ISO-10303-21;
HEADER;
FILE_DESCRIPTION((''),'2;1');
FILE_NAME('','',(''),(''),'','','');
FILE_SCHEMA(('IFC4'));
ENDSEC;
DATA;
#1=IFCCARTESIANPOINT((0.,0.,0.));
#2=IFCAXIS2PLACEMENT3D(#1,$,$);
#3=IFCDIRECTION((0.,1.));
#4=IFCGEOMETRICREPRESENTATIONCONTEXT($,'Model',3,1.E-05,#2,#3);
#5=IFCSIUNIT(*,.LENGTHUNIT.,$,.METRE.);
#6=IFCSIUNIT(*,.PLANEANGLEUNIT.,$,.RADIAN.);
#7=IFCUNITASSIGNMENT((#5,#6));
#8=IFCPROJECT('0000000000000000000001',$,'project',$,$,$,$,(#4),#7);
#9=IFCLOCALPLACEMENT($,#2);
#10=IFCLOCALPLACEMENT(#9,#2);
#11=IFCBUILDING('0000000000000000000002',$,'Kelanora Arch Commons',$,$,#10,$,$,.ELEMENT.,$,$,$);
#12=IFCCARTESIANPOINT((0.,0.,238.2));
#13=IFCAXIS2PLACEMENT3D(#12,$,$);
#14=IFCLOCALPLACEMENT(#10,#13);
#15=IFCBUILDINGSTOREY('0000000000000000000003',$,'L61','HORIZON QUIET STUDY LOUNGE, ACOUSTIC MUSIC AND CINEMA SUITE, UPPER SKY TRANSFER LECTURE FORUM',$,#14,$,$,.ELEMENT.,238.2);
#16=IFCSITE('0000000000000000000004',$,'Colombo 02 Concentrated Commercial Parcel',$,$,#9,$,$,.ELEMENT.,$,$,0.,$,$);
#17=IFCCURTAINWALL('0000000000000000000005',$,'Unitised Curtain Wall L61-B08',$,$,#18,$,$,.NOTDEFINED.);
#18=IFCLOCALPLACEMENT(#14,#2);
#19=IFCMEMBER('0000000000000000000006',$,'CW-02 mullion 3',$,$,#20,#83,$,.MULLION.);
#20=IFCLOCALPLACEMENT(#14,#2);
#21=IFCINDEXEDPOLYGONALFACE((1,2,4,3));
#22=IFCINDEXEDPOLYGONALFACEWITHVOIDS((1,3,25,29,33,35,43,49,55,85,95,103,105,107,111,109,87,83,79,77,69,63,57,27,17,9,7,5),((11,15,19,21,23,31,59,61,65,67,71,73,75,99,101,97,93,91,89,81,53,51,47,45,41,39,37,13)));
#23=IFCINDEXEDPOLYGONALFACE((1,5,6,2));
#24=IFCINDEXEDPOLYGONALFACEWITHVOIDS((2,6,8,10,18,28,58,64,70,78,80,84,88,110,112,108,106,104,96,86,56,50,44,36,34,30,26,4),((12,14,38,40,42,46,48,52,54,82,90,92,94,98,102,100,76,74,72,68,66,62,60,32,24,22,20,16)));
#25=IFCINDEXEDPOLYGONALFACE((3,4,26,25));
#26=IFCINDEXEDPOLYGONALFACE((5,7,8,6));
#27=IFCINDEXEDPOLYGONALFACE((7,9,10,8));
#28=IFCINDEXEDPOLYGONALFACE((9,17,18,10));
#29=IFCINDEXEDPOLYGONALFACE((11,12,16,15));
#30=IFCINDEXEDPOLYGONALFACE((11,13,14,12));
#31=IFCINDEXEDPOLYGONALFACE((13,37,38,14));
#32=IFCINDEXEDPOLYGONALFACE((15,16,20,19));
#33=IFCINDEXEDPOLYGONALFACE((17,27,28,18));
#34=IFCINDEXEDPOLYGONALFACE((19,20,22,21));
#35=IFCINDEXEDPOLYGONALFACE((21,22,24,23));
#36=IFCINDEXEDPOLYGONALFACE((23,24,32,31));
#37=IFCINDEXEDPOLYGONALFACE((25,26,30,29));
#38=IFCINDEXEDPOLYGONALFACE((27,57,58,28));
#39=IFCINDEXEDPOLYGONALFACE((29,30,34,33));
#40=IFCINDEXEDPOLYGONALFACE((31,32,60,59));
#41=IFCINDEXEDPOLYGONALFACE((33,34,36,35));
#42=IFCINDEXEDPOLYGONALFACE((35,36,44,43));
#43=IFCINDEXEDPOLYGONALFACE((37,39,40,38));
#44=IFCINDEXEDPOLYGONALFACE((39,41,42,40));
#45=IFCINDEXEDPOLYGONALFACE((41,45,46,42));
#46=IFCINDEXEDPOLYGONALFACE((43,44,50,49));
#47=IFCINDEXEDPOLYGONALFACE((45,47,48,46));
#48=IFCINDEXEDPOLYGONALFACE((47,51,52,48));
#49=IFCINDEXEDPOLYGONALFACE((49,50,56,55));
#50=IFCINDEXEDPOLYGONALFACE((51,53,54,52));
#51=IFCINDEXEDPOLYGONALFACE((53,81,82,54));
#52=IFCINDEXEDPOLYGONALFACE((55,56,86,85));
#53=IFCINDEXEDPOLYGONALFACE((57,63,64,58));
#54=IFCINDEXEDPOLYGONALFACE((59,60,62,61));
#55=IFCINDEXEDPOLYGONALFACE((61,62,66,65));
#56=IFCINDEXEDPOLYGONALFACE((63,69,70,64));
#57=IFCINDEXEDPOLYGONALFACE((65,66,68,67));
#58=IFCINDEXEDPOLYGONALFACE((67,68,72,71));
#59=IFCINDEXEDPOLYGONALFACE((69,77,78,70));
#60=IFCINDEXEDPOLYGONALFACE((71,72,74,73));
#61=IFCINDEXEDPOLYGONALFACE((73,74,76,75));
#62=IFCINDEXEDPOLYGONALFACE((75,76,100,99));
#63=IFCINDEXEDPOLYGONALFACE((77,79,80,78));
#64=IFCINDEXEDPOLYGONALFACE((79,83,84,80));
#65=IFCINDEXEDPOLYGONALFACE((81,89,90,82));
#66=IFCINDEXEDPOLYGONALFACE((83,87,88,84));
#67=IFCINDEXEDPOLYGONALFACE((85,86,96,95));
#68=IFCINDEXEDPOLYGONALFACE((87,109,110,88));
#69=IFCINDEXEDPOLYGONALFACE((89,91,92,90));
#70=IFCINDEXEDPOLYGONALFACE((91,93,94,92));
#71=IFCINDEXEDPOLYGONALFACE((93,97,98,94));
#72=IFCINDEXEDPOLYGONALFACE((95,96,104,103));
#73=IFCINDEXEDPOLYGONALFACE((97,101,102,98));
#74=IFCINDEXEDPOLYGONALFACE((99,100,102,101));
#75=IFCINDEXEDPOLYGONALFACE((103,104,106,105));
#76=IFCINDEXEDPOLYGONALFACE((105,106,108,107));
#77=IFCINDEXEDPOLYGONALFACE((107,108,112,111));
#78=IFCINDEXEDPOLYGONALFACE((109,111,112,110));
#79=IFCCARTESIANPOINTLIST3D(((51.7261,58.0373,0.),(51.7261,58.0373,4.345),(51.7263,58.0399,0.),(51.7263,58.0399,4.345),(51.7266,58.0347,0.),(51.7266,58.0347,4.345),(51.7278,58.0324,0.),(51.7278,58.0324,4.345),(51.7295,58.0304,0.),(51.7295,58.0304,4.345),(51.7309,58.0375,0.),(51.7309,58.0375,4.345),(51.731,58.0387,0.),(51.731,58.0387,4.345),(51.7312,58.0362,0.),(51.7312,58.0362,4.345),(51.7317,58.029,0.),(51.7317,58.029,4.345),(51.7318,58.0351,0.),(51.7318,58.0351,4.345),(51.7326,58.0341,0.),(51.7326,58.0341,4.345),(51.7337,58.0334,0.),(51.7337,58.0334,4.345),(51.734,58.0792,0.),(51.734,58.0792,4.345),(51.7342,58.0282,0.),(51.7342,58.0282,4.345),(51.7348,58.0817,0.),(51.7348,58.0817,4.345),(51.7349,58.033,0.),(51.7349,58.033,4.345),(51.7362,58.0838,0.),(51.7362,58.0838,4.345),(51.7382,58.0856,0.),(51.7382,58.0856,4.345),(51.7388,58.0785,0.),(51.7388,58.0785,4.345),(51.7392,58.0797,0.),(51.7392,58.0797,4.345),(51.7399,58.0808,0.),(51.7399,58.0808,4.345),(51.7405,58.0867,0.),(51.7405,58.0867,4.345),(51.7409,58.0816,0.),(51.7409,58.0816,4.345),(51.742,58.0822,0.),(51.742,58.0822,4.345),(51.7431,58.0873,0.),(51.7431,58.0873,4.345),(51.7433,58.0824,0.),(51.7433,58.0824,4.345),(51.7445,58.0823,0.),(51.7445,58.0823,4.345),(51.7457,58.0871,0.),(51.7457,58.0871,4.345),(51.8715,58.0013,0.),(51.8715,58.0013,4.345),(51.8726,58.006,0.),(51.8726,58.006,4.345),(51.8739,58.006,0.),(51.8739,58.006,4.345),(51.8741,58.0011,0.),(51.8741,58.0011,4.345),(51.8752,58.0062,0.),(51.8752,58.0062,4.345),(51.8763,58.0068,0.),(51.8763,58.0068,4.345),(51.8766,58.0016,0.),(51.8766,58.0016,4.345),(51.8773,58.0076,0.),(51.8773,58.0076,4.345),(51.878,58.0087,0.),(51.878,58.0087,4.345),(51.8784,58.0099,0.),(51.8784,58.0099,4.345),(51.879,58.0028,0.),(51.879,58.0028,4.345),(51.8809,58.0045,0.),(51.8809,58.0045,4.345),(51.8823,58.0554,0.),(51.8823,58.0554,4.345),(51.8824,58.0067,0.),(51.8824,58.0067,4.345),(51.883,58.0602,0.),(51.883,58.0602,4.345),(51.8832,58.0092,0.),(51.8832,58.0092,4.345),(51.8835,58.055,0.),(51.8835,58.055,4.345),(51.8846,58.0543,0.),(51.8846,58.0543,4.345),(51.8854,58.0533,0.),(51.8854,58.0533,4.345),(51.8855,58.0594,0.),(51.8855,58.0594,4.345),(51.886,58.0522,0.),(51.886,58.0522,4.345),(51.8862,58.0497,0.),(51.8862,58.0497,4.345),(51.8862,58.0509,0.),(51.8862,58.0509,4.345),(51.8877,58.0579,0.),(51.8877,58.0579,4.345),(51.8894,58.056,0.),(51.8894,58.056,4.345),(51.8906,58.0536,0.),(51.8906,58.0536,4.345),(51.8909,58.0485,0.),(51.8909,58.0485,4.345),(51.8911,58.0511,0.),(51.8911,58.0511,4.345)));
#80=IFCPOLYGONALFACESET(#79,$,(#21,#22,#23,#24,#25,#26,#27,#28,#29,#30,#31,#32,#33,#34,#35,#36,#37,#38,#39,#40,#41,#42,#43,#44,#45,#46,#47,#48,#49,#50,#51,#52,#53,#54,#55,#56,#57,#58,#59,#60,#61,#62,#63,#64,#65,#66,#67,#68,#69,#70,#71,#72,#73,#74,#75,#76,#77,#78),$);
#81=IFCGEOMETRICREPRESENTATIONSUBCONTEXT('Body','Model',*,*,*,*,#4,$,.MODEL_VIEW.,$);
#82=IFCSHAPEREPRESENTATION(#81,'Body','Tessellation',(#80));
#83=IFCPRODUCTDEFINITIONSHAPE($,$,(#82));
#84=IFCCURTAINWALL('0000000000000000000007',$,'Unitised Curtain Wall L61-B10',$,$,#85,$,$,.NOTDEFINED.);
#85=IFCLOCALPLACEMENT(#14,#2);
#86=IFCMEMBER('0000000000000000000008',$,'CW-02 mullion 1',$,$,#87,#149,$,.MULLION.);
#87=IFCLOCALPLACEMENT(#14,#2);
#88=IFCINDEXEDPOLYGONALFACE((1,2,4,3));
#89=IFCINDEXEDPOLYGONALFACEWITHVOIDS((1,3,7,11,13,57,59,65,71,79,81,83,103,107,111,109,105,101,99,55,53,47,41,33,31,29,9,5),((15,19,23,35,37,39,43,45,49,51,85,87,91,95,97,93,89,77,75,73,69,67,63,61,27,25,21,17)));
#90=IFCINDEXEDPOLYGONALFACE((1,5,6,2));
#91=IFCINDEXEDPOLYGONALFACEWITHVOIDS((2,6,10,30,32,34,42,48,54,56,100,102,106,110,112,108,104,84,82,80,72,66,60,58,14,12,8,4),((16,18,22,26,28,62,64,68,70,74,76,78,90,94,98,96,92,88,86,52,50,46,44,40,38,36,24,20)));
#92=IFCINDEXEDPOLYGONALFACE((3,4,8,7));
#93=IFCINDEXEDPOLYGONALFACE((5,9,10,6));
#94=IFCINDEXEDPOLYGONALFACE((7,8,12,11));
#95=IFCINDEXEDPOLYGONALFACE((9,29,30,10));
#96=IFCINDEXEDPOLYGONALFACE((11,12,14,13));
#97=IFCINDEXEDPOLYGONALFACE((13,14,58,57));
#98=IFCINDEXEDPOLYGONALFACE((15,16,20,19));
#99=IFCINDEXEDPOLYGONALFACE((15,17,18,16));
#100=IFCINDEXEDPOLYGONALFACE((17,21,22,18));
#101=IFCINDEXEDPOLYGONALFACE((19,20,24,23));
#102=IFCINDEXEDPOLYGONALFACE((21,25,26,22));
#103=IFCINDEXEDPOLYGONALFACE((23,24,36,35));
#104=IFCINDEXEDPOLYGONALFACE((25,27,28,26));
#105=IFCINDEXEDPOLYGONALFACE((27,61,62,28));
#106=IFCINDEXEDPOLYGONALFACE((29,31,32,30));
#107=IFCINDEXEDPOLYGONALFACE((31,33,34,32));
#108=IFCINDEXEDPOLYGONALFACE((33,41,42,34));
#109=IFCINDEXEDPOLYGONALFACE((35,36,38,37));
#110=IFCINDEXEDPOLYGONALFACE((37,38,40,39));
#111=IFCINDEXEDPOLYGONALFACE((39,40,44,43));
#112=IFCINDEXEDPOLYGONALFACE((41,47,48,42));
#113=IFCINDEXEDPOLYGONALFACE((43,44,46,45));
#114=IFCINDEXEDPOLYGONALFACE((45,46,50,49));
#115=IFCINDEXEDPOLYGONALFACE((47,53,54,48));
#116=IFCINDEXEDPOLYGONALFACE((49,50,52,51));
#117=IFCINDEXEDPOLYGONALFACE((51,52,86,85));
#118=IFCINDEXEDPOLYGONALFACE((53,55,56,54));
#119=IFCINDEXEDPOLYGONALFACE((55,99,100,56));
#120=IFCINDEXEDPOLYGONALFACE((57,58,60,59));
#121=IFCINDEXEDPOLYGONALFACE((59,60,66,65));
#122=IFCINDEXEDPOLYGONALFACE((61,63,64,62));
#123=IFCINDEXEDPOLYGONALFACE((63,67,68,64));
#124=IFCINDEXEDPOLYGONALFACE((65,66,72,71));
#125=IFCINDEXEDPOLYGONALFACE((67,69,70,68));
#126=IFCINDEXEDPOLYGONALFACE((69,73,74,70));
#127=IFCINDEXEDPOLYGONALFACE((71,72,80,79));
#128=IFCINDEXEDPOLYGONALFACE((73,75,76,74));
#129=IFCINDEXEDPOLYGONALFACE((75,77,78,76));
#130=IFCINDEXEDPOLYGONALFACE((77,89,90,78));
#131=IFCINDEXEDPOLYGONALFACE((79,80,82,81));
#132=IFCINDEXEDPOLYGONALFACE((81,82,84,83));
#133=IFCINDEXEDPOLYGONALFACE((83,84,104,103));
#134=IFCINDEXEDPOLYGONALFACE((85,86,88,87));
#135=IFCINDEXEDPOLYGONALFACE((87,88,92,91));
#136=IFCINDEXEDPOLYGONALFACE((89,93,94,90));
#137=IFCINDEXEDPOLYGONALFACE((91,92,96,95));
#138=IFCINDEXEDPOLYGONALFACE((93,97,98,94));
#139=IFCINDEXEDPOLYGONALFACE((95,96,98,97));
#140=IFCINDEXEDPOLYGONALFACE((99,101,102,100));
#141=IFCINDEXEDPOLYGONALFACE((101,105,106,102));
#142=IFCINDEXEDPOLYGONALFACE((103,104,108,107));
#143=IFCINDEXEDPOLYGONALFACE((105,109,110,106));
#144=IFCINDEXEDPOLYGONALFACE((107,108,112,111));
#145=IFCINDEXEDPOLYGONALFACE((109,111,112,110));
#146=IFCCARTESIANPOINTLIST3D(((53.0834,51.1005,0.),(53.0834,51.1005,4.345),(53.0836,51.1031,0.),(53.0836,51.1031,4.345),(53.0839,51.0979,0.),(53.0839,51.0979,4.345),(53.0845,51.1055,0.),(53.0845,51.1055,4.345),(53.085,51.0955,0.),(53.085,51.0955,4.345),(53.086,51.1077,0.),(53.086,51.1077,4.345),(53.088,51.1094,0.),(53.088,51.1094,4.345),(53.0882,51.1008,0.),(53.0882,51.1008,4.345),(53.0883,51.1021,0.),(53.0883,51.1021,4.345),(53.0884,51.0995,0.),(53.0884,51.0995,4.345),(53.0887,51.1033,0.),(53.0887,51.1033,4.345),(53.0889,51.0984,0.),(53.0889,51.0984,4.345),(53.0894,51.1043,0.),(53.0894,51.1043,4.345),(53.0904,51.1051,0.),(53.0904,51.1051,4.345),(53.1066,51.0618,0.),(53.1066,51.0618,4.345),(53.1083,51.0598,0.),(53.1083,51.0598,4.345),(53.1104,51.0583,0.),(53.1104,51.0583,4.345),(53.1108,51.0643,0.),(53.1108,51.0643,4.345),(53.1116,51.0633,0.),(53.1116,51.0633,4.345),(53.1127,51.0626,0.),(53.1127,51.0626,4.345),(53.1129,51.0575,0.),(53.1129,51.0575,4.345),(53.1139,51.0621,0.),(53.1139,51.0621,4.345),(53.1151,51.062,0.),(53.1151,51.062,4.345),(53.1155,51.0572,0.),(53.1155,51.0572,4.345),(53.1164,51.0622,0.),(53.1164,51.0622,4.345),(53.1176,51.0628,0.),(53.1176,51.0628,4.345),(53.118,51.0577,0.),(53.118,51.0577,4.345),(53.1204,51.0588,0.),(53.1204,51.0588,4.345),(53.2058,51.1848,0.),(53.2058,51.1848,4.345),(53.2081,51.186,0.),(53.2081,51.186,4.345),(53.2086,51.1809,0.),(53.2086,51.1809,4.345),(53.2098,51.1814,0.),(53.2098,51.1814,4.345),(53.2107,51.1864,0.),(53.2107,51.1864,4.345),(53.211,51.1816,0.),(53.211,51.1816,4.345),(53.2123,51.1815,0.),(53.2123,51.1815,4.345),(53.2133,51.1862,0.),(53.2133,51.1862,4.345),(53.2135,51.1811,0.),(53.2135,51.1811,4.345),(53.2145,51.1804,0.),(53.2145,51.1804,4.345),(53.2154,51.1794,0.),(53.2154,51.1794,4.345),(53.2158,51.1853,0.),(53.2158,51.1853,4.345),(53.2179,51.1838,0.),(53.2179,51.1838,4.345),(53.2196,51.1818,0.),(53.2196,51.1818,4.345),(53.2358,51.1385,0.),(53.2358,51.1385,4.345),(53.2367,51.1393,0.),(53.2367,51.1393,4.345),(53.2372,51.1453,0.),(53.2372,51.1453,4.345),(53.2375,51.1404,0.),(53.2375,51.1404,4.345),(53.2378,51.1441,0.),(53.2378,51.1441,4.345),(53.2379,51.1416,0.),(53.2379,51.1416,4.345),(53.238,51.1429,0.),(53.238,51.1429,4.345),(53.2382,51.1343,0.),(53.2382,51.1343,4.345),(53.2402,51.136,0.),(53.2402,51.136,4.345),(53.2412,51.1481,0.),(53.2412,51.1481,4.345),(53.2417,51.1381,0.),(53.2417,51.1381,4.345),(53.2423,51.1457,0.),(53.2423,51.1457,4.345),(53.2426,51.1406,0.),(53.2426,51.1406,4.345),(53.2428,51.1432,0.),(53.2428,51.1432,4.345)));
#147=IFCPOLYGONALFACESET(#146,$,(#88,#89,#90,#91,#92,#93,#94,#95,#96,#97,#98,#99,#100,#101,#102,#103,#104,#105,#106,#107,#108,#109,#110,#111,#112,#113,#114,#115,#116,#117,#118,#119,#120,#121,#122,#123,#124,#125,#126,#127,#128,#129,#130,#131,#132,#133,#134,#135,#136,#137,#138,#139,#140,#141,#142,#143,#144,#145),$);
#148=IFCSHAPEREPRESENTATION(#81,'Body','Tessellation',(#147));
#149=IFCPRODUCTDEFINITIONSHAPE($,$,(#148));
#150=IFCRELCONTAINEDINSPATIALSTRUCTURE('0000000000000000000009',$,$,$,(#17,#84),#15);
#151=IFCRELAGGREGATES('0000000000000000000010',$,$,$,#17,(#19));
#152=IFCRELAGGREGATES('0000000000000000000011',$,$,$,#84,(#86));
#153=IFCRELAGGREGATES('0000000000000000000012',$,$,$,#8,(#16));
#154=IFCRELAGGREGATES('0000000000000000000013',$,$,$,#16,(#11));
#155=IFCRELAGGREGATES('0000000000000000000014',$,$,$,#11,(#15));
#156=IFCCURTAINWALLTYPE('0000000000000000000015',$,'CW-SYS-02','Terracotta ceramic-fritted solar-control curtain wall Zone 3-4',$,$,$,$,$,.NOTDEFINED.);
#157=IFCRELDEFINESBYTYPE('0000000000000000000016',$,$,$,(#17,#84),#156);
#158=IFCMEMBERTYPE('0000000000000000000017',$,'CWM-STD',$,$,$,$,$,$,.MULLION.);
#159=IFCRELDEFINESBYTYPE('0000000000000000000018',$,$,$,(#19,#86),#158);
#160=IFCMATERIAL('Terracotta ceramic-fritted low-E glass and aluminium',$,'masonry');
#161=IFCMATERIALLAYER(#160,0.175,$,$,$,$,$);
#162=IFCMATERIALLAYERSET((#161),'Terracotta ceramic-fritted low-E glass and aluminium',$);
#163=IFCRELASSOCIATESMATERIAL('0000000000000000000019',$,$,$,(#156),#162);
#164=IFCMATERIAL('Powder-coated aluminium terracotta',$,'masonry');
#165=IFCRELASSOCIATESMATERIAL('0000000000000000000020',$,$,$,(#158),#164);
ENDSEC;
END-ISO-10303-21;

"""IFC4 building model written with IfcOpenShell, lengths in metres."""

from ifc_helpers import new_model, si_unit, direction, frame, origin, origin_2d, place, context, subcontext, project, spatial, hollow_rectangle, extrude, material, layer, layer_set, material_profile, profile_set, type_object, element, aggregate, save


model = new_model("IFC4")

# Units and contexts
model_context = context("Model", 3, precision=1e-05, world=origin(), true_north=direction((0.0, 1.0)))
body_context = subcontext(model_context, "Body", "Model", "MODEL_VIEW")
ifc_project = project(units=[si_unit("LENGTHUNIT", "METRE"), si_unit("PLANEANGLEUNIT", "RADIAN")], contexts=[model_context])

# Site, building, storey
site_placement = place(None, origin())
site = spatial("IfcSite", under=ifc_project, at=site_placement, Name="Colombo 02 Concentrated Commercial Parcel", CompositionType="ELEMENT", RefElevation=0.0)
building_placement = place(site_placement, origin())
building = spatial("IfcBuilding", under=site, at=building_placement, Name="Kelanora Arch Commons", CompositionType="ELEMENT")
storey_placement = place(building_placement, frame((0.0, 0.0, 238.2)))
storey = spatial("IfcBuildingStorey", under=building, at=storey_placement, Name="L61", Description="HORIZON QUIET STUDY LOUNGE, ACOUSTIC MUSIC AND CINEMA SUITE, UPPER SKY TRANSFER LECTURE FORUM", CompositionType="ELEMENT", Elevation=238.2)

# Curtain wall, member
ifc_material_1 = material(Name="Terracotta ceramic-fritted low-E glass and aluminium", Category="masonry")
ifc_layer_1 = layer(ifc_material_1, 0.175)
ifc_layer_set_1 = layer_set([ifc_layer_1], Name="Terracotta ceramic-fritted low-E glass and aluminium")
curtain_wall_type = type_object("IfcCurtainWallType", Name="CW-SYS-02", Description="Terracotta ceramic-fritted solar-control curtain wall Zone 3-4", PredefinedType="NOTDEFINED", material=ifc_layer_set_1)
curtain_wall_1_placement = place(storey_placement, origin())
curtain_wall_1 = element("IfcCurtainWall", 1, at=curtain_wall_1_placement, inside=storey, type_object=curtain_wall_type, Name="Unitised Curtain Wall L61-B08", PredefinedType="NOTDEFINED")
ifc_material_2 = material(Name="Powder-coated aluminium terracotta", Category="masonry")
ifc_material_profile_1 = material_profile(ifc_material_2, hollow_rectangle(XDim=0.1599, YDim=0.0601, WallThickness=0.0049, InnerFilletRadius=0.0049, OuterFilletRadius=0.01, at=origin_2d()), Name="CWM160x60")
ifc_profile_set_1 = profile_set([ifc_material_profile_1], Name="Powder-coated aluminium terracotta")
member_type_1 = type_object("IfcMemberType", Name="CWM-STD", PredefinedType="MULLION", material=ifc_profile_set_1)
member_1_placement = place(storey_placement, frame((51.8086, 58.0442, 0.0), z_axis=(0.0, 0.0, 1.0), x_axis=(0.981381, -0.192069, 0.0)))
member_1 = element("IfcMember", 2, at=member_1_placement, type_object=member_type_1, Name="CW-02 mullion 3", PredefinedType="MULLION", context=body_context, shape_type="SweptSolid", body=[
    extrude(hollow_rectangle(XDim=0.1599, YDim=0.0601, WallThickness=0.0049, InnerFilletRadius=0.0049, OuterFilletRadius=0.01, at=origin_2d()), origin(), (0.0, 0.0, 1.0), 4.345),
])
aggregate(curtain_wall_1, [member_1])

# Curtain wall, member
curtain_wall_2_placement = place(storey_placement, origin())
curtain_wall_2 = element("IfcCurtainWall", 3, at=curtain_wall_2_placement, inside=storey, type_object=curtain_wall_type, Name="Unitised Curtain Wall L61-B10", PredefinedType="NOTDEFINED")
member_2_placement = place(storey_placement, frame((53.1631, 51.1218, 0.0), z_axis=(0.0, 0.0, 1.0), x_axis=(0.841948, 0.539559, 0.0)))
member_2 = element("IfcMember", 4, at=member_2_placement, type_object=member_type_1, Name="CW-02 mullion 1", PredefinedType="MULLION", context=body_context, shape_type="SweptSolid", body=[
    extrude(hollow_rectangle(XDim=0.1599, YDim=0.0601, WallThickness=0.0049, InnerFilletRadius=0.0049, OuterFilletRadius=0.01, at=origin_2d()), origin(), (0.0, 0.0, 1.0), 4.345),
])

aggregate(curtain_wall_2, [member_2])

save(model, "model.ifc")
